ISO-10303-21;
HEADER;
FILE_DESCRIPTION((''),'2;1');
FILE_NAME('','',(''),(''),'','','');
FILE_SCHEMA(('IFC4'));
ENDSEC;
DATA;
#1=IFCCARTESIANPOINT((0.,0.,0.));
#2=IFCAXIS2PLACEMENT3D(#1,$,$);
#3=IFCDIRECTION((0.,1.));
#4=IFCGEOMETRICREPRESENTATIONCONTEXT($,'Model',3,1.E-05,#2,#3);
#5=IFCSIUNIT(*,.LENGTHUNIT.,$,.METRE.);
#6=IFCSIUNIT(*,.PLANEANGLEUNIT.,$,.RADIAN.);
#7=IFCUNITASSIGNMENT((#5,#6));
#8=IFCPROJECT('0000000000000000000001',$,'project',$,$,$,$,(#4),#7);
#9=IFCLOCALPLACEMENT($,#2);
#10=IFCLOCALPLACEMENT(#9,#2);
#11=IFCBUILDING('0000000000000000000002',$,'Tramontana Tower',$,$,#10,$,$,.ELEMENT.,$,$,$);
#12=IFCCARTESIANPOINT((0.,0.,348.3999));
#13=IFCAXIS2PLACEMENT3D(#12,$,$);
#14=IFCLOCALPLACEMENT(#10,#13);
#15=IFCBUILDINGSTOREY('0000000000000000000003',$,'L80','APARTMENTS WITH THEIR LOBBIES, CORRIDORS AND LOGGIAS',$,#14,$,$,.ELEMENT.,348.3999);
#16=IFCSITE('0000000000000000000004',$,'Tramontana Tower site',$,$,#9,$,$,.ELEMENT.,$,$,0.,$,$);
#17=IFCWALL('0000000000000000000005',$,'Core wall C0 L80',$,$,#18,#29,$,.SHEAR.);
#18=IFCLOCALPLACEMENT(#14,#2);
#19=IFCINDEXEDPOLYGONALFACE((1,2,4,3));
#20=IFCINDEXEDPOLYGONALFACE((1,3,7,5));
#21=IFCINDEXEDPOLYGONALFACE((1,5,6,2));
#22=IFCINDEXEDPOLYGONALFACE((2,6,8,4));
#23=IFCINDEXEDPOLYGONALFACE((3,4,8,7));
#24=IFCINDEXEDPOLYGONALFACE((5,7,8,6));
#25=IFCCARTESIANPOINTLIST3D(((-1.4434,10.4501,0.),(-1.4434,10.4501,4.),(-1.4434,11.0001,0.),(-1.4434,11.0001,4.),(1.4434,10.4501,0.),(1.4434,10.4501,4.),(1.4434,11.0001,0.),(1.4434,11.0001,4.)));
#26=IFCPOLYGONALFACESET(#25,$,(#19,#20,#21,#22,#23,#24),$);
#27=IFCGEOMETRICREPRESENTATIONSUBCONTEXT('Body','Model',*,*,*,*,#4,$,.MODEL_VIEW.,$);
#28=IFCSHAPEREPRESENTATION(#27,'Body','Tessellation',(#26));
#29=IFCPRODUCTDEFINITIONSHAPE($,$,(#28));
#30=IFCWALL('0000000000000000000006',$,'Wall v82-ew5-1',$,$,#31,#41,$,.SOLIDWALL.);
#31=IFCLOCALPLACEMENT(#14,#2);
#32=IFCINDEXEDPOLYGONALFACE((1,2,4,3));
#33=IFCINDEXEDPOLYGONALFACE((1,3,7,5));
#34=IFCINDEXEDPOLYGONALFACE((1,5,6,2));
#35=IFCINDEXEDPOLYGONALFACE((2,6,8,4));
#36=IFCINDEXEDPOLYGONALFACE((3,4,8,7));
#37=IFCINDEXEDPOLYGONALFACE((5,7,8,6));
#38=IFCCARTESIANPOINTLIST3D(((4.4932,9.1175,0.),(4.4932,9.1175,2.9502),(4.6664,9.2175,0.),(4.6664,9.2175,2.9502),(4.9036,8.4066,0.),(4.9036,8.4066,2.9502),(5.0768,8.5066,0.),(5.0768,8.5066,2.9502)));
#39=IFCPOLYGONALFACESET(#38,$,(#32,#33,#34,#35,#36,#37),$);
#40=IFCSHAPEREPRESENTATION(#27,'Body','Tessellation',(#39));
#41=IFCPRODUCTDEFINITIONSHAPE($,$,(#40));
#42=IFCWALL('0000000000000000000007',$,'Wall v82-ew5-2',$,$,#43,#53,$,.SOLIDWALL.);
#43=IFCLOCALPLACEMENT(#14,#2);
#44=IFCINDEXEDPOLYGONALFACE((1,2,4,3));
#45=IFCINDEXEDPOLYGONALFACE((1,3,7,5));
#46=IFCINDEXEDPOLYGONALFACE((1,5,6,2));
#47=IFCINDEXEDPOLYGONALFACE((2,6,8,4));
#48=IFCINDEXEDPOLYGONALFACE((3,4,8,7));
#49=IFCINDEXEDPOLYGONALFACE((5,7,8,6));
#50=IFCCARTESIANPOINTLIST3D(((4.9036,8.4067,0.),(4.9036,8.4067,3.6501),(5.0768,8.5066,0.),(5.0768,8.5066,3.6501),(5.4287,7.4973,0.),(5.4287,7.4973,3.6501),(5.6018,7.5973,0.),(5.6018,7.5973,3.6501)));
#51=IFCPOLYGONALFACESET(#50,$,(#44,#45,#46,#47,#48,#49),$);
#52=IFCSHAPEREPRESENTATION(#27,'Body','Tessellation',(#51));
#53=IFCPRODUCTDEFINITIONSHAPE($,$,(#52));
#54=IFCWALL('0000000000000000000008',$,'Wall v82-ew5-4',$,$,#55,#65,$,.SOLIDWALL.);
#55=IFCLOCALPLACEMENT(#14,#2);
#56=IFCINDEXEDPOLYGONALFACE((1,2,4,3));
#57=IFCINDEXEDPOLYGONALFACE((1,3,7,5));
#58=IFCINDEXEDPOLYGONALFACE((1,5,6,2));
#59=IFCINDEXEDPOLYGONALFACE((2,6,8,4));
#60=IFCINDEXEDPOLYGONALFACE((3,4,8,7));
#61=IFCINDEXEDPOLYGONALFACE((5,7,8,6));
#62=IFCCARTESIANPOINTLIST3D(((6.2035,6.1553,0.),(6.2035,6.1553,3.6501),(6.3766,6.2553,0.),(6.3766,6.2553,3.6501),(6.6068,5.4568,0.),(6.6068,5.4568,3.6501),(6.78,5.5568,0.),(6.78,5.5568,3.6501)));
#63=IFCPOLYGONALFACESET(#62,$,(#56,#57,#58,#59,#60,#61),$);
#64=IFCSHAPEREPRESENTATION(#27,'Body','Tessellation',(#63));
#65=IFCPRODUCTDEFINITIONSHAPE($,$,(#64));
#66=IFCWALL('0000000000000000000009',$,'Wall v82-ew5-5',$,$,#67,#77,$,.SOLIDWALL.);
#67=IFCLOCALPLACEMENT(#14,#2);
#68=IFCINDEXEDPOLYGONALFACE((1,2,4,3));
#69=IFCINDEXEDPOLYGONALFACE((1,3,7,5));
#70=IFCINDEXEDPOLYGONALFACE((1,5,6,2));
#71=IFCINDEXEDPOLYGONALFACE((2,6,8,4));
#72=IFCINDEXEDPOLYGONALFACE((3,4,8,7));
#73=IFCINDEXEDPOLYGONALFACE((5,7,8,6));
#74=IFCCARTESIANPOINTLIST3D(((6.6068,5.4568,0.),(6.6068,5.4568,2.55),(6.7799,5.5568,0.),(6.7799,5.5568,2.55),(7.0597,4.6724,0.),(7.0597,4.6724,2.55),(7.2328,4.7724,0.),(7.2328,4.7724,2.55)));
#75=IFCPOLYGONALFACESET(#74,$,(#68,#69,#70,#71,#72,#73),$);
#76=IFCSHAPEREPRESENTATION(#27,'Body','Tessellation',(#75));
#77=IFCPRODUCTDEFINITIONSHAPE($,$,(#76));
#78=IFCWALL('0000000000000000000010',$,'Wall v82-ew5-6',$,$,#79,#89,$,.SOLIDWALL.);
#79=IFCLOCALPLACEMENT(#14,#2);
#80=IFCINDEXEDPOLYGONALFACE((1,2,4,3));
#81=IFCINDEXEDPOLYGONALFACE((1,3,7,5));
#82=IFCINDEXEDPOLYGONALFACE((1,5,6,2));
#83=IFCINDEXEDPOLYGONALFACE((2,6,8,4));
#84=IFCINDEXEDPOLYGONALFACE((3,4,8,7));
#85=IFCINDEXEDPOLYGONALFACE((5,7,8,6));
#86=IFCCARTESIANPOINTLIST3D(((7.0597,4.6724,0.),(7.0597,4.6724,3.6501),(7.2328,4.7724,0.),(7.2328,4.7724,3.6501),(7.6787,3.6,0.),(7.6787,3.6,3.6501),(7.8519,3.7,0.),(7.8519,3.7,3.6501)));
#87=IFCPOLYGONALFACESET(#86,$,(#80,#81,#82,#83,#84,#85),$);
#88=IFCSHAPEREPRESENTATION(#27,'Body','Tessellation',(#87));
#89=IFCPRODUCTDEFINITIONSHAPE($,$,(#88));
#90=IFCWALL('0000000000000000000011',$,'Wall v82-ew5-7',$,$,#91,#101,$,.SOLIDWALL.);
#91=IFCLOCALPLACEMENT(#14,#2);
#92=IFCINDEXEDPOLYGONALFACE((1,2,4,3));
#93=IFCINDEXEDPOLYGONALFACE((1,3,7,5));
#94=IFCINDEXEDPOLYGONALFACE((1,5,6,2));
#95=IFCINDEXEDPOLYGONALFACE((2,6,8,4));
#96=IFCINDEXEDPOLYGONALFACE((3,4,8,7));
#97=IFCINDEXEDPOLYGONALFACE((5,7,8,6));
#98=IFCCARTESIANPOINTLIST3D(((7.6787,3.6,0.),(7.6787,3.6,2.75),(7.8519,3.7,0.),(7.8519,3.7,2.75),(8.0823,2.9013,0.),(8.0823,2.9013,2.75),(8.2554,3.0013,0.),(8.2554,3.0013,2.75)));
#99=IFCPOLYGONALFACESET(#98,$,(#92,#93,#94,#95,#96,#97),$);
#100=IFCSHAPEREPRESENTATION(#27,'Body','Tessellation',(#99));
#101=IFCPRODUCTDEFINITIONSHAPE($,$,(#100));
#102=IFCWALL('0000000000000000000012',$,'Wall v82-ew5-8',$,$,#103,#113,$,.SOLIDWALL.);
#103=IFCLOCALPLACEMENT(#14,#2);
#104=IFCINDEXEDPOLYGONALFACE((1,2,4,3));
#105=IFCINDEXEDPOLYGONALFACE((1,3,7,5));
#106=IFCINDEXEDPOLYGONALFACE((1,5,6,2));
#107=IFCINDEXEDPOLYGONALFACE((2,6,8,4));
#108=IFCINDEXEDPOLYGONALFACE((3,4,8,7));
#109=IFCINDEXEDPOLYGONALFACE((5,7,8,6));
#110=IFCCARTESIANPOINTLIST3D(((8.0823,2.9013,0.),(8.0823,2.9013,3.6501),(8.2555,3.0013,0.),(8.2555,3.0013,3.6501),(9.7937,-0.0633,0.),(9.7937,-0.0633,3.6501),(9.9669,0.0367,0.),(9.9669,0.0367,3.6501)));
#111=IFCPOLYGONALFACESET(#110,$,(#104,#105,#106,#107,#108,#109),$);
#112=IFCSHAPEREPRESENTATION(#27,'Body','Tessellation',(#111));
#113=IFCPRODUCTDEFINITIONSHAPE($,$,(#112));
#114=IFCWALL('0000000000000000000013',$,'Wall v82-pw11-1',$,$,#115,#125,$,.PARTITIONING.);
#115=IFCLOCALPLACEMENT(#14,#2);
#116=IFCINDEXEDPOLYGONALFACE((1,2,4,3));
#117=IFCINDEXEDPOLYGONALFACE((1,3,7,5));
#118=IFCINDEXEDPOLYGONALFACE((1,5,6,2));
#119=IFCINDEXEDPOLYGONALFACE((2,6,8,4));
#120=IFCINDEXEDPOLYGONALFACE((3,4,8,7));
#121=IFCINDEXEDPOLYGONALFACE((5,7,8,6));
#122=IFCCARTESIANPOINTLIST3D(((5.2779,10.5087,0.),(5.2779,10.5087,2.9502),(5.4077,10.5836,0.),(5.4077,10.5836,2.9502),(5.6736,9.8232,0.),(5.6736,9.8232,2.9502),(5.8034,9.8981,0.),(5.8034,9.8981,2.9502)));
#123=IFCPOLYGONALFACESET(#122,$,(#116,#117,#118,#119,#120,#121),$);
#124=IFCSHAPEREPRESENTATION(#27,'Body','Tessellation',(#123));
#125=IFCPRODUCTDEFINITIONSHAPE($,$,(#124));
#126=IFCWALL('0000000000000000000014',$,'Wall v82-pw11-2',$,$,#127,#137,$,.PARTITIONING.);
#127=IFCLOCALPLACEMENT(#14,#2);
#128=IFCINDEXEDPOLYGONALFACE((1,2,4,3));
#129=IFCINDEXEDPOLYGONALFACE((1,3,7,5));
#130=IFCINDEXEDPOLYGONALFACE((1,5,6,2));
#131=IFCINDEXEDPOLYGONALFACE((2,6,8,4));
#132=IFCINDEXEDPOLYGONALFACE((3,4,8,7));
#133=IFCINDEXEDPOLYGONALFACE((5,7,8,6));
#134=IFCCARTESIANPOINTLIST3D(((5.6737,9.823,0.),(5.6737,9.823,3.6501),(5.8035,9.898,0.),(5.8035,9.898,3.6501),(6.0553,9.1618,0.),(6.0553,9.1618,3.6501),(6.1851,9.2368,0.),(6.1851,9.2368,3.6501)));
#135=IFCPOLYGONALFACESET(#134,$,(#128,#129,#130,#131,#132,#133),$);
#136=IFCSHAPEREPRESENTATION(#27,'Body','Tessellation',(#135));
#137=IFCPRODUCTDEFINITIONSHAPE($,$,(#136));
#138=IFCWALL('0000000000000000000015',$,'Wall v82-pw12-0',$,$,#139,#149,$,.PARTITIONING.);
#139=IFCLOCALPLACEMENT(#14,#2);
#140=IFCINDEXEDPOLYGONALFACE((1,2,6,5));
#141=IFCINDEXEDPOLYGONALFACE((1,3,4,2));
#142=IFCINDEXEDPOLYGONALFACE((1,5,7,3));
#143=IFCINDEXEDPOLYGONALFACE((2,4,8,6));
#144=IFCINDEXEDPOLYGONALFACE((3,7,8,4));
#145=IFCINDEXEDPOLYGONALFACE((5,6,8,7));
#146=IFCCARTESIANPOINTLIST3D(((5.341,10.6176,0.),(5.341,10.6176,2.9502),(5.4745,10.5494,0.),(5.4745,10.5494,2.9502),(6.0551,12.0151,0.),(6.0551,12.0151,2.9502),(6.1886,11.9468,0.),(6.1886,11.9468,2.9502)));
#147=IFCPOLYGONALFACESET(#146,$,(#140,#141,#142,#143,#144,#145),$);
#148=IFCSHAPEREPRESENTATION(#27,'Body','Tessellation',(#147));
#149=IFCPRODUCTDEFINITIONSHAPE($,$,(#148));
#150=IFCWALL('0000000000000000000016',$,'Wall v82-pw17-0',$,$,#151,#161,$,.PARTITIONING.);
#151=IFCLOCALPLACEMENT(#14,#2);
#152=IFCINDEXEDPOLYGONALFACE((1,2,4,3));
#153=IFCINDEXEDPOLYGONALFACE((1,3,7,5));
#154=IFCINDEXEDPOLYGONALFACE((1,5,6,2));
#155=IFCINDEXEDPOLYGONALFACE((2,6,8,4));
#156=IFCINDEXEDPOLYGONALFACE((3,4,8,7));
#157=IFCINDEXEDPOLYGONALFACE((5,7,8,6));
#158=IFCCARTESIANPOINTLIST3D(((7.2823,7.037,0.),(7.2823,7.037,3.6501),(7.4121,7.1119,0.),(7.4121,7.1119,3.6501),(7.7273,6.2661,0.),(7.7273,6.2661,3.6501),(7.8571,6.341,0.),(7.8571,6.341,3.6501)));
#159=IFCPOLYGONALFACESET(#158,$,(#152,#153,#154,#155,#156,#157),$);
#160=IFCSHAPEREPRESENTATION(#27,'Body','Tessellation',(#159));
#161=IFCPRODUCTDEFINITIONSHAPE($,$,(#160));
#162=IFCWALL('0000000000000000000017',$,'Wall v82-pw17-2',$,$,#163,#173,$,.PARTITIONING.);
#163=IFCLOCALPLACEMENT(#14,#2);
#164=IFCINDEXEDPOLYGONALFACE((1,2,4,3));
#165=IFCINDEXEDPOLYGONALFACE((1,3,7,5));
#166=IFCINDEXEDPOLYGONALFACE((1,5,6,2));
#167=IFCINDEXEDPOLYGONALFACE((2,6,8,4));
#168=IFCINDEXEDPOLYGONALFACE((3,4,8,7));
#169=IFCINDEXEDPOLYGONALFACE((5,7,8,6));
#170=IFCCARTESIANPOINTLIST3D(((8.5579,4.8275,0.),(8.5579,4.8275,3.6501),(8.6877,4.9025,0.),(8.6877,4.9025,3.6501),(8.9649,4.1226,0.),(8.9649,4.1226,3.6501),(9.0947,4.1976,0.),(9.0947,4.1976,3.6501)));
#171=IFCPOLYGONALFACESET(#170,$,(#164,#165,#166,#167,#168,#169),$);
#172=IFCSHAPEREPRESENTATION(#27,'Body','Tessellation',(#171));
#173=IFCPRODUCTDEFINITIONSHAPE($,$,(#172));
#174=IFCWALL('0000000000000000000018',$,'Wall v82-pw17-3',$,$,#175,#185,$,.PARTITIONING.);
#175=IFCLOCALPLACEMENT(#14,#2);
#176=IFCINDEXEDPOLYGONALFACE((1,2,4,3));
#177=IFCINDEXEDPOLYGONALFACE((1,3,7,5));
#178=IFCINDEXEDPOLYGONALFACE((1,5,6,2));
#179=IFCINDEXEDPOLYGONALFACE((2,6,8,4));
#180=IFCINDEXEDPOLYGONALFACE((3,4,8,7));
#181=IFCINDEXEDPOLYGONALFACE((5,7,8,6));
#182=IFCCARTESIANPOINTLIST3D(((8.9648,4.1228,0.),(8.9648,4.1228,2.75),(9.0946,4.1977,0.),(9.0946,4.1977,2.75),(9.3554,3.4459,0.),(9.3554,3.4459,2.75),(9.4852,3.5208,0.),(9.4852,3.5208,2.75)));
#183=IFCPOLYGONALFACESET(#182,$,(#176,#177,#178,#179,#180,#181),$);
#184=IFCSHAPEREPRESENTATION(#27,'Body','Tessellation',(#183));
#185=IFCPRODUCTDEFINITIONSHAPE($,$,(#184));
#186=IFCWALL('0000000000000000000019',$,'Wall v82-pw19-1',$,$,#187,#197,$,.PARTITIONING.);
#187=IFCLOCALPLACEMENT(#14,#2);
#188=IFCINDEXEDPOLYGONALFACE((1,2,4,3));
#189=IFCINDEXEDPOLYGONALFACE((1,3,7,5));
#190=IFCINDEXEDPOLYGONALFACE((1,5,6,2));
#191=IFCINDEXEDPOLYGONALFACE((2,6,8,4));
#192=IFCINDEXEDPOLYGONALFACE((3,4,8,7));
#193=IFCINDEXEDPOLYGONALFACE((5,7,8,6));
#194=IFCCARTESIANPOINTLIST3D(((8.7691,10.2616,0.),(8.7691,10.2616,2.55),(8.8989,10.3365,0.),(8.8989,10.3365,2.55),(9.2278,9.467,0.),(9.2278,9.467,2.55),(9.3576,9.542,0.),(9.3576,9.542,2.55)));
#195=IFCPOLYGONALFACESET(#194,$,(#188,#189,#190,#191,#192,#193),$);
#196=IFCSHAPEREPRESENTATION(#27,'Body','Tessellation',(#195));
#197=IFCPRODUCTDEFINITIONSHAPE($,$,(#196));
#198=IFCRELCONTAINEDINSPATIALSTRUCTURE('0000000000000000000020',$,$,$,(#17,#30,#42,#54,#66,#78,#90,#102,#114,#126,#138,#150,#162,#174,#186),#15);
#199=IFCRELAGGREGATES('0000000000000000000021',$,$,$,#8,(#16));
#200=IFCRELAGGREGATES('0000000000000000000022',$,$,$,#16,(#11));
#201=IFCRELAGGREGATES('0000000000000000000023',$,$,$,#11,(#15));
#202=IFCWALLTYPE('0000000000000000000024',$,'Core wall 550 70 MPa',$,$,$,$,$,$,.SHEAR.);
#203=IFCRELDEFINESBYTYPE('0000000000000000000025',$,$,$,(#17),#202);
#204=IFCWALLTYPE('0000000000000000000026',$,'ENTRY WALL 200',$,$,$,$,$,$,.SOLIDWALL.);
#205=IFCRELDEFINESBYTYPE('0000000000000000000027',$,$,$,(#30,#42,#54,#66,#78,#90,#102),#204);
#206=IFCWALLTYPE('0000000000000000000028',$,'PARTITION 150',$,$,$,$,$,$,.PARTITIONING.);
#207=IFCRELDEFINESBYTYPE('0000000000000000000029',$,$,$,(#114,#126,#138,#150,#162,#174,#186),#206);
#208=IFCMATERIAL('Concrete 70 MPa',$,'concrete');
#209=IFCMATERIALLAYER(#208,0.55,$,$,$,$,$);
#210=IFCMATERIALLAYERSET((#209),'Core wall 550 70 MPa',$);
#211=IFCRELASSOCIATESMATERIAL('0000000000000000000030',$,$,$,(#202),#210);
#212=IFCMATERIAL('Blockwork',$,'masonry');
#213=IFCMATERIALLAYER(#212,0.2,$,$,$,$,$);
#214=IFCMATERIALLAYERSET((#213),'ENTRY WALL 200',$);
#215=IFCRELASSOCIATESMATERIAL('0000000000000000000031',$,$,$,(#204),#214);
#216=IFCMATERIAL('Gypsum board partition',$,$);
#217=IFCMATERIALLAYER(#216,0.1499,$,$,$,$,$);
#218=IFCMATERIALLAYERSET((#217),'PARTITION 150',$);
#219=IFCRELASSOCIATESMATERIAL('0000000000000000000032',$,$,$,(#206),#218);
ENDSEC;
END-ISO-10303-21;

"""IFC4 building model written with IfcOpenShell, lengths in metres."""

from ifc_helpers import new_model, si_unit, direction, frame, frame_2d, origin, place, context, subcontext, project, spatial, rectangle, extrude, material, layer, layer_set, type_object, element, save


model = new_model("IFC4")

# Units and contexts
model_context = context("Model", 3, precision=1e-05, world=origin(), true_north=direction((0.0, 1.0)))
body_context = subcontext(model_context, "Body", "Model", "MODEL_VIEW")
ifc_project = project(units=[si_unit("LENGTHUNIT", "METRE"), si_unit("PLANEANGLEUNIT", "RADIAN")], contexts=[model_context])

# Site, building, storey
site_placement = place(None, origin())
site = spatial("IfcSite", under=ifc_project, at=site_placement, Name="Tramontana Tower site", CompositionType="ELEMENT", RefElevation=0.0)
building_placement = place(site_placement, origin())
building = spatial("IfcBuilding", under=site, at=building_placement, Name="Tramontana Tower", CompositionType="ELEMENT")
storey_placement = place(building_placement, frame((0.0, 0.0, 348.3999)))
storey = spatial("IfcBuildingStorey", under=building, at=storey_placement, Name="L80", Description="APARTMENTS WITH THEIR LOBBIES, CORRIDORS AND LOGGIAS", CompositionType="ELEMENT", Elevation=348.3999)

# Walls
ifc_material_1 = material(Name="Concrete 70 MPa", Category="concrete")
ifc_layer_1 = layer(ifc_material_1, 0.55)
ifc_layer_set_1 = layer_set([ifc_layer_1], Name="Core wall 550 70 MPa")
wall_type_1 = type_object("IfcWallType", Name="Core wall 550 70 MPa", PredefinedType="SHEAR", material=ifc_layer_set_1)
wall_1_placement = place(storey_placement, frame((1.4434, 10.7251, 0.0), z_axis=(0.0, 0.0, 1.0), x_axis=(-1.0, 0.0, 0.0)))
element("IfcWall", 1, at=wall_1_placement, inside=storey, type_object=wall_type_1, Name="Core wall C0 L80", PredefinedType="SHEAR", context=body_context, shape_type="SweptSolid", body=[
    extrude(rectangle(XDim=2.8867, YDim=0.55, at=frame_2d((1.4434, 0.0))), origin(), (0.0, 0.0, 1.0), 4.0),
])
ifc_material_2 = material(Name="Blockwork", Category="masonry")
ifc_layer_2 = layer(ifc_material_2, 0.2)
ifc_layer_set_2 = layer_set([ifc_layer_2], Name="ENTRY WALL 200")
wall_type_2 = type_object("IfcWallType", Name="ENTRY WALL 200", PredefinedType="SOLIDWALL", material=ifc_layer_set_2)
wall_2_placement = place(storey_placement, frame((4.5798, 9.1675, 0.0), z_axis=(0.0, 0.0, 1.0), x_axis=(0.499946, -0.866057, 0.0)))
element("IfcWall", 2, at=wall_2_placement, inside=storey, type_object=wall_type_2, Name="Wall v82-ew5-1", PredefinedType="SOLIDWALL", context=body_context, shape_type="SweptSolid", body=[
    extrude(rectangle(XDim=0.8208, YDim=0.2, at=frame_2d((0.4104, 0.0))), origin(), (0.0, 0.0, 1.0), 2.9502),
])
wall_3_placement = place(storey_placement, frame((4.9902, 8.4565, 0.0), z_axis=(0.0, 0.0, 1.0), x_axis=(0.500065, -0.865988, 0.0)))
element("IfcWall", 3, at=wall_3_placement, inside=storey, type_object=wall_type_2, Name="Wall v82-ew5-2", PredefinedType="SOLIDWALL", context=body_context, shape_type="SweptSolid", body=[
    extrude(rectangle(XDim=1.05, YDim=0.2, at=frame_2d((0.5249, 0.0))), origin(), (0.0, 0.0, 1.0), 3.6501),
])

# Walls
wall_4_placement = place(storey_placement, frame((6.29, 6.2053, 0.0), z_axis=(0.0, 0.0, 1.0), x_axis=(0.500046, -0.865999, 0.0)))
element("IfcWall", 4, at=wall_4_placement, inside=storey, type_object=wall_type_2, Name="Wall v82-ew5-4", PredefinedType="SOLIDWALL", context=body_context, shape_type="SweptSolid", body=[
    extrude(rectangle(XDim=0.8066, YDim=0.2, at=frame_2d((0.4033, 0.0))), origin(), (0.0, 0.0, 1.0), 3.6501),
])
wall_5_placement = place(storey_placement, frame((6.6934, 5.5068, 0.0), z_axis=(0.0, 0.0, 1.0), x_axis=(0.499995, -0.866028, 0.0)))
element("IfcWall", 5, at=wall_5_placement, inside=storey, type_object=wall_type_2, Name="Wall v82-ew5-5", PredefinedType="SOLIDWALL", context=body_context, shape_type="SweptSolid", body=[
    extrude(rectangle(XDim=0.9058, YDim=0.2, at=frame_2d((0.4529, 0.0))), origin(), (0.0, 0.0, 1.0), 2.55),
])
wall_6_placement = place(storey_placement, frame((7.1462, 4.7224, 0.0), z_axis=(0.0, 0.0, 1.0), x_axis=(0.499956, -0.866051, 0.0)))
element("IfcWall", 6, at=wall_6_placement, inside=storey, type_object=wall_type_2, Name="Wall v82-ew5-6", PredefinedType="SOLIDWALL", context=body_context, shape_type="SweptSolid", body=[
    extrude(rectangle(XDim=1.2383, YDim=0.2, at=frame_2d((0.6191, 0.0))), origin(), (0.0, 0.0, 1.0), 3.6501),
])
wall_7_placement = place(storey_placement, frame((7.7654, 3.6499, 0.0), z_axis=(0.0, 0.0, 1.0), x_axis=(0.500141, -0.865944, 0.0)))
element("IfcWall", 7, at=wall_7_placement, inside=storey, type_object=wall_type_2, Name="Wall v82-ew5-7", PredefinedType="SOLIDWALL", context=body_context, shape_type="SweptSolid", body=[
    extrude(rectangle(XDim=0.8069, YDim=0.2, at=frame_2d((0.4033, 0.0))), origin(), (0.0, 0.0, 1.0), 2.75),
])
wall_8_placement = place(storey_placement, frame((8.1689, 2.9512, 0.0), z_axis=(0.0, 0.0, 1.0), x_axis=(0.499959, -0.866049, 0.0)))
element("IfcWall", 8, at=wall_8_placement, inside=storey, type_object=wall_type_2, Name="Wall v82-ew5-8", PredefinedType="SOLIDWALL", context=body_context, shape_type="SweptSolid", body=[
    extrude(rectangle(XDim=3.4231, YDim=0.2, at=frame_2d((1.7114, 0.0))), origin(), (0.0, 0.0, 1.0), 3.6501),
])
ifc_material_3 = material(Name="Gypsum board partition")
ifc_layer_3 = layer(ifc_material_3, 0.1499)
ifc_layer_set_3 = layer_set([ifc_layer_3], Name="PARTITION 150")
wall_type_3 = type_object("IfcWallType", Name="PARTITION 150", PredefinedType="PARTITIONING", material=ifc_layer_set_3)
wall_9_placement = place(storey_placement, frame((5.3428, 10.5461, 0.0), z_axis=(0.0, 0.0, 1.0), x_axis=(0.499954, -0.866052, 0.0)))
element("IfcWall", 9, at=wall_9_placement, inside=storey, type_object=wall_type_3, Name="Wall v82-pw11-1", PredefinedType="PARTITIONING", context=body_context, shape_type="SweptSolid", body=[
    extrude(rectangle(XDim=0.7915, YDim=0.1499, at=frame_2d((0.3958, 0.0))), origin(), (0.0, 0.0, 1.0), 2.9502),
])
wall_10_placement = place(storey_placement, frame((5.7385, 9.8606, 0.0), z_axis=(0.0, 0.0, 1.0), x_axis=(0.499889, -0.86609, 0.0)))
element("IfcWall", 10, at=wall_10_placement, inside=storey, type_object=wall_type_3, Name="Wall v82-pw11-2", PredefinedType="PARTITIONING", context=body_context, shape_type="SweptSolid", body=[
    extrude(rectangle(XDim=0.7634, YDim=0.1499, at=frame_2d((0.3818, 0.0))), origin(), (0.0, 0.0, 1.0), 3.6501),
])
wall_11_placement = place(storey_placement, frame((5.4077, 10.5835, 0.0), z_axis=(0.0, 0.0, 1.0), x_axis=(0.455037, 0.890473, 0.0)))
element("IfcWall", 11, at=wall_11_placement, inside=storey, type_object=wall_type_3, Name="Wall v82-pw12-0", PredefinedType="PARTITIONING", context=body_context, shape_type="SweptSolid", body=[
    extrude(rectangle(XDim=1.5693, YDim=0.1499, at=frame_2d((0.7847, 0.0))), origin(), (0.0, 0.0, 1.0), 2.9502),
])

# Wall
wall_12_placement = place(storey_placement, frame((7.3472, 7.0745, 0.0), z_axis=(0.0, 0.0, 1.0), x_axis=(0.499944, -0.866058, 0.0)))
element("IfcWall", 12, at=wall_12_placement, inside=storey, type_object=wall_type_3, Name="Wall v82-pw17-0", PredefinedType="PARTITIONING", context=body_context, shape_type="SweptSolid", body=[
    extrude(rectangle(XDim=0.8901, YDim=0.1499, at=frame_2d((0.4451, 0.0))), origin(), (0.0, 0.0, 1.0), 3.6501),
])

# Walls
wall_13_placement = place(storey_placement, frame((8.6228, 4.865, 0.0), z_axis=(0.0, 0.0, 1.0), x_axis=(0.500043, -0.866001, 0.0)))
element("IfcWall", 13, at=wall_13_placement, inside=storey, type_object=wall_type_3, Name="Wall v82-pw17-2", PredefinedType="PARTITIONING", context=body_context, shape_type="SweptSolid", body=[
    extrude(rectangle(XDim=0.814, YDim=0.1499, at=frame_2d((0.407, 0.0))), origin(), (0.0, 0.0, 1.0), 3.6501),
])
wall_14_placement = place(storey_placement, frame((9.0298, 4.1602, 0.0), z_axis=(0.0, 0.0, 1.0), x_axis=(0.499768, -0.86616, 0.0)))
element("IfcWall", 14, at=wall_14_placement, inside=storey, type_object=wall_type_3, Name="Wall v82-pw17-3", PredefinedType="PARTITIONING", context=body_context, shape_type="SweptSolid", body=[
    extrude(rectangle(XDim=0.7815, YDim=0.1499, at=frame_2d((0.3906, 0.0))), origin(), (0.0, 0.0, 1.0), 2.75),
])
wall_15_placement = place(storey_placement, frame((8.834, 10.2991, 0.0), z_axis=(0.0, 0.0, 1.0), x_axis=(0.499945, -0.866057, 0.0)))
element("IfcWall", 15, at=wall_15_placement, inside=storey, type_object=wall_type_3, Name="Wall v82-pw19-1", PredefinedType="PARTITIONING", context=body_context, shape_type="SweptSolid", body=[
    extrude(rectangle(XDim=0.9175, YDim=0.1499, at=frame_2d((0.4587, 0.0))), origin(), (0.0, 0.0, 1.0), 2.55),
])

save(model, "model.ifc")
